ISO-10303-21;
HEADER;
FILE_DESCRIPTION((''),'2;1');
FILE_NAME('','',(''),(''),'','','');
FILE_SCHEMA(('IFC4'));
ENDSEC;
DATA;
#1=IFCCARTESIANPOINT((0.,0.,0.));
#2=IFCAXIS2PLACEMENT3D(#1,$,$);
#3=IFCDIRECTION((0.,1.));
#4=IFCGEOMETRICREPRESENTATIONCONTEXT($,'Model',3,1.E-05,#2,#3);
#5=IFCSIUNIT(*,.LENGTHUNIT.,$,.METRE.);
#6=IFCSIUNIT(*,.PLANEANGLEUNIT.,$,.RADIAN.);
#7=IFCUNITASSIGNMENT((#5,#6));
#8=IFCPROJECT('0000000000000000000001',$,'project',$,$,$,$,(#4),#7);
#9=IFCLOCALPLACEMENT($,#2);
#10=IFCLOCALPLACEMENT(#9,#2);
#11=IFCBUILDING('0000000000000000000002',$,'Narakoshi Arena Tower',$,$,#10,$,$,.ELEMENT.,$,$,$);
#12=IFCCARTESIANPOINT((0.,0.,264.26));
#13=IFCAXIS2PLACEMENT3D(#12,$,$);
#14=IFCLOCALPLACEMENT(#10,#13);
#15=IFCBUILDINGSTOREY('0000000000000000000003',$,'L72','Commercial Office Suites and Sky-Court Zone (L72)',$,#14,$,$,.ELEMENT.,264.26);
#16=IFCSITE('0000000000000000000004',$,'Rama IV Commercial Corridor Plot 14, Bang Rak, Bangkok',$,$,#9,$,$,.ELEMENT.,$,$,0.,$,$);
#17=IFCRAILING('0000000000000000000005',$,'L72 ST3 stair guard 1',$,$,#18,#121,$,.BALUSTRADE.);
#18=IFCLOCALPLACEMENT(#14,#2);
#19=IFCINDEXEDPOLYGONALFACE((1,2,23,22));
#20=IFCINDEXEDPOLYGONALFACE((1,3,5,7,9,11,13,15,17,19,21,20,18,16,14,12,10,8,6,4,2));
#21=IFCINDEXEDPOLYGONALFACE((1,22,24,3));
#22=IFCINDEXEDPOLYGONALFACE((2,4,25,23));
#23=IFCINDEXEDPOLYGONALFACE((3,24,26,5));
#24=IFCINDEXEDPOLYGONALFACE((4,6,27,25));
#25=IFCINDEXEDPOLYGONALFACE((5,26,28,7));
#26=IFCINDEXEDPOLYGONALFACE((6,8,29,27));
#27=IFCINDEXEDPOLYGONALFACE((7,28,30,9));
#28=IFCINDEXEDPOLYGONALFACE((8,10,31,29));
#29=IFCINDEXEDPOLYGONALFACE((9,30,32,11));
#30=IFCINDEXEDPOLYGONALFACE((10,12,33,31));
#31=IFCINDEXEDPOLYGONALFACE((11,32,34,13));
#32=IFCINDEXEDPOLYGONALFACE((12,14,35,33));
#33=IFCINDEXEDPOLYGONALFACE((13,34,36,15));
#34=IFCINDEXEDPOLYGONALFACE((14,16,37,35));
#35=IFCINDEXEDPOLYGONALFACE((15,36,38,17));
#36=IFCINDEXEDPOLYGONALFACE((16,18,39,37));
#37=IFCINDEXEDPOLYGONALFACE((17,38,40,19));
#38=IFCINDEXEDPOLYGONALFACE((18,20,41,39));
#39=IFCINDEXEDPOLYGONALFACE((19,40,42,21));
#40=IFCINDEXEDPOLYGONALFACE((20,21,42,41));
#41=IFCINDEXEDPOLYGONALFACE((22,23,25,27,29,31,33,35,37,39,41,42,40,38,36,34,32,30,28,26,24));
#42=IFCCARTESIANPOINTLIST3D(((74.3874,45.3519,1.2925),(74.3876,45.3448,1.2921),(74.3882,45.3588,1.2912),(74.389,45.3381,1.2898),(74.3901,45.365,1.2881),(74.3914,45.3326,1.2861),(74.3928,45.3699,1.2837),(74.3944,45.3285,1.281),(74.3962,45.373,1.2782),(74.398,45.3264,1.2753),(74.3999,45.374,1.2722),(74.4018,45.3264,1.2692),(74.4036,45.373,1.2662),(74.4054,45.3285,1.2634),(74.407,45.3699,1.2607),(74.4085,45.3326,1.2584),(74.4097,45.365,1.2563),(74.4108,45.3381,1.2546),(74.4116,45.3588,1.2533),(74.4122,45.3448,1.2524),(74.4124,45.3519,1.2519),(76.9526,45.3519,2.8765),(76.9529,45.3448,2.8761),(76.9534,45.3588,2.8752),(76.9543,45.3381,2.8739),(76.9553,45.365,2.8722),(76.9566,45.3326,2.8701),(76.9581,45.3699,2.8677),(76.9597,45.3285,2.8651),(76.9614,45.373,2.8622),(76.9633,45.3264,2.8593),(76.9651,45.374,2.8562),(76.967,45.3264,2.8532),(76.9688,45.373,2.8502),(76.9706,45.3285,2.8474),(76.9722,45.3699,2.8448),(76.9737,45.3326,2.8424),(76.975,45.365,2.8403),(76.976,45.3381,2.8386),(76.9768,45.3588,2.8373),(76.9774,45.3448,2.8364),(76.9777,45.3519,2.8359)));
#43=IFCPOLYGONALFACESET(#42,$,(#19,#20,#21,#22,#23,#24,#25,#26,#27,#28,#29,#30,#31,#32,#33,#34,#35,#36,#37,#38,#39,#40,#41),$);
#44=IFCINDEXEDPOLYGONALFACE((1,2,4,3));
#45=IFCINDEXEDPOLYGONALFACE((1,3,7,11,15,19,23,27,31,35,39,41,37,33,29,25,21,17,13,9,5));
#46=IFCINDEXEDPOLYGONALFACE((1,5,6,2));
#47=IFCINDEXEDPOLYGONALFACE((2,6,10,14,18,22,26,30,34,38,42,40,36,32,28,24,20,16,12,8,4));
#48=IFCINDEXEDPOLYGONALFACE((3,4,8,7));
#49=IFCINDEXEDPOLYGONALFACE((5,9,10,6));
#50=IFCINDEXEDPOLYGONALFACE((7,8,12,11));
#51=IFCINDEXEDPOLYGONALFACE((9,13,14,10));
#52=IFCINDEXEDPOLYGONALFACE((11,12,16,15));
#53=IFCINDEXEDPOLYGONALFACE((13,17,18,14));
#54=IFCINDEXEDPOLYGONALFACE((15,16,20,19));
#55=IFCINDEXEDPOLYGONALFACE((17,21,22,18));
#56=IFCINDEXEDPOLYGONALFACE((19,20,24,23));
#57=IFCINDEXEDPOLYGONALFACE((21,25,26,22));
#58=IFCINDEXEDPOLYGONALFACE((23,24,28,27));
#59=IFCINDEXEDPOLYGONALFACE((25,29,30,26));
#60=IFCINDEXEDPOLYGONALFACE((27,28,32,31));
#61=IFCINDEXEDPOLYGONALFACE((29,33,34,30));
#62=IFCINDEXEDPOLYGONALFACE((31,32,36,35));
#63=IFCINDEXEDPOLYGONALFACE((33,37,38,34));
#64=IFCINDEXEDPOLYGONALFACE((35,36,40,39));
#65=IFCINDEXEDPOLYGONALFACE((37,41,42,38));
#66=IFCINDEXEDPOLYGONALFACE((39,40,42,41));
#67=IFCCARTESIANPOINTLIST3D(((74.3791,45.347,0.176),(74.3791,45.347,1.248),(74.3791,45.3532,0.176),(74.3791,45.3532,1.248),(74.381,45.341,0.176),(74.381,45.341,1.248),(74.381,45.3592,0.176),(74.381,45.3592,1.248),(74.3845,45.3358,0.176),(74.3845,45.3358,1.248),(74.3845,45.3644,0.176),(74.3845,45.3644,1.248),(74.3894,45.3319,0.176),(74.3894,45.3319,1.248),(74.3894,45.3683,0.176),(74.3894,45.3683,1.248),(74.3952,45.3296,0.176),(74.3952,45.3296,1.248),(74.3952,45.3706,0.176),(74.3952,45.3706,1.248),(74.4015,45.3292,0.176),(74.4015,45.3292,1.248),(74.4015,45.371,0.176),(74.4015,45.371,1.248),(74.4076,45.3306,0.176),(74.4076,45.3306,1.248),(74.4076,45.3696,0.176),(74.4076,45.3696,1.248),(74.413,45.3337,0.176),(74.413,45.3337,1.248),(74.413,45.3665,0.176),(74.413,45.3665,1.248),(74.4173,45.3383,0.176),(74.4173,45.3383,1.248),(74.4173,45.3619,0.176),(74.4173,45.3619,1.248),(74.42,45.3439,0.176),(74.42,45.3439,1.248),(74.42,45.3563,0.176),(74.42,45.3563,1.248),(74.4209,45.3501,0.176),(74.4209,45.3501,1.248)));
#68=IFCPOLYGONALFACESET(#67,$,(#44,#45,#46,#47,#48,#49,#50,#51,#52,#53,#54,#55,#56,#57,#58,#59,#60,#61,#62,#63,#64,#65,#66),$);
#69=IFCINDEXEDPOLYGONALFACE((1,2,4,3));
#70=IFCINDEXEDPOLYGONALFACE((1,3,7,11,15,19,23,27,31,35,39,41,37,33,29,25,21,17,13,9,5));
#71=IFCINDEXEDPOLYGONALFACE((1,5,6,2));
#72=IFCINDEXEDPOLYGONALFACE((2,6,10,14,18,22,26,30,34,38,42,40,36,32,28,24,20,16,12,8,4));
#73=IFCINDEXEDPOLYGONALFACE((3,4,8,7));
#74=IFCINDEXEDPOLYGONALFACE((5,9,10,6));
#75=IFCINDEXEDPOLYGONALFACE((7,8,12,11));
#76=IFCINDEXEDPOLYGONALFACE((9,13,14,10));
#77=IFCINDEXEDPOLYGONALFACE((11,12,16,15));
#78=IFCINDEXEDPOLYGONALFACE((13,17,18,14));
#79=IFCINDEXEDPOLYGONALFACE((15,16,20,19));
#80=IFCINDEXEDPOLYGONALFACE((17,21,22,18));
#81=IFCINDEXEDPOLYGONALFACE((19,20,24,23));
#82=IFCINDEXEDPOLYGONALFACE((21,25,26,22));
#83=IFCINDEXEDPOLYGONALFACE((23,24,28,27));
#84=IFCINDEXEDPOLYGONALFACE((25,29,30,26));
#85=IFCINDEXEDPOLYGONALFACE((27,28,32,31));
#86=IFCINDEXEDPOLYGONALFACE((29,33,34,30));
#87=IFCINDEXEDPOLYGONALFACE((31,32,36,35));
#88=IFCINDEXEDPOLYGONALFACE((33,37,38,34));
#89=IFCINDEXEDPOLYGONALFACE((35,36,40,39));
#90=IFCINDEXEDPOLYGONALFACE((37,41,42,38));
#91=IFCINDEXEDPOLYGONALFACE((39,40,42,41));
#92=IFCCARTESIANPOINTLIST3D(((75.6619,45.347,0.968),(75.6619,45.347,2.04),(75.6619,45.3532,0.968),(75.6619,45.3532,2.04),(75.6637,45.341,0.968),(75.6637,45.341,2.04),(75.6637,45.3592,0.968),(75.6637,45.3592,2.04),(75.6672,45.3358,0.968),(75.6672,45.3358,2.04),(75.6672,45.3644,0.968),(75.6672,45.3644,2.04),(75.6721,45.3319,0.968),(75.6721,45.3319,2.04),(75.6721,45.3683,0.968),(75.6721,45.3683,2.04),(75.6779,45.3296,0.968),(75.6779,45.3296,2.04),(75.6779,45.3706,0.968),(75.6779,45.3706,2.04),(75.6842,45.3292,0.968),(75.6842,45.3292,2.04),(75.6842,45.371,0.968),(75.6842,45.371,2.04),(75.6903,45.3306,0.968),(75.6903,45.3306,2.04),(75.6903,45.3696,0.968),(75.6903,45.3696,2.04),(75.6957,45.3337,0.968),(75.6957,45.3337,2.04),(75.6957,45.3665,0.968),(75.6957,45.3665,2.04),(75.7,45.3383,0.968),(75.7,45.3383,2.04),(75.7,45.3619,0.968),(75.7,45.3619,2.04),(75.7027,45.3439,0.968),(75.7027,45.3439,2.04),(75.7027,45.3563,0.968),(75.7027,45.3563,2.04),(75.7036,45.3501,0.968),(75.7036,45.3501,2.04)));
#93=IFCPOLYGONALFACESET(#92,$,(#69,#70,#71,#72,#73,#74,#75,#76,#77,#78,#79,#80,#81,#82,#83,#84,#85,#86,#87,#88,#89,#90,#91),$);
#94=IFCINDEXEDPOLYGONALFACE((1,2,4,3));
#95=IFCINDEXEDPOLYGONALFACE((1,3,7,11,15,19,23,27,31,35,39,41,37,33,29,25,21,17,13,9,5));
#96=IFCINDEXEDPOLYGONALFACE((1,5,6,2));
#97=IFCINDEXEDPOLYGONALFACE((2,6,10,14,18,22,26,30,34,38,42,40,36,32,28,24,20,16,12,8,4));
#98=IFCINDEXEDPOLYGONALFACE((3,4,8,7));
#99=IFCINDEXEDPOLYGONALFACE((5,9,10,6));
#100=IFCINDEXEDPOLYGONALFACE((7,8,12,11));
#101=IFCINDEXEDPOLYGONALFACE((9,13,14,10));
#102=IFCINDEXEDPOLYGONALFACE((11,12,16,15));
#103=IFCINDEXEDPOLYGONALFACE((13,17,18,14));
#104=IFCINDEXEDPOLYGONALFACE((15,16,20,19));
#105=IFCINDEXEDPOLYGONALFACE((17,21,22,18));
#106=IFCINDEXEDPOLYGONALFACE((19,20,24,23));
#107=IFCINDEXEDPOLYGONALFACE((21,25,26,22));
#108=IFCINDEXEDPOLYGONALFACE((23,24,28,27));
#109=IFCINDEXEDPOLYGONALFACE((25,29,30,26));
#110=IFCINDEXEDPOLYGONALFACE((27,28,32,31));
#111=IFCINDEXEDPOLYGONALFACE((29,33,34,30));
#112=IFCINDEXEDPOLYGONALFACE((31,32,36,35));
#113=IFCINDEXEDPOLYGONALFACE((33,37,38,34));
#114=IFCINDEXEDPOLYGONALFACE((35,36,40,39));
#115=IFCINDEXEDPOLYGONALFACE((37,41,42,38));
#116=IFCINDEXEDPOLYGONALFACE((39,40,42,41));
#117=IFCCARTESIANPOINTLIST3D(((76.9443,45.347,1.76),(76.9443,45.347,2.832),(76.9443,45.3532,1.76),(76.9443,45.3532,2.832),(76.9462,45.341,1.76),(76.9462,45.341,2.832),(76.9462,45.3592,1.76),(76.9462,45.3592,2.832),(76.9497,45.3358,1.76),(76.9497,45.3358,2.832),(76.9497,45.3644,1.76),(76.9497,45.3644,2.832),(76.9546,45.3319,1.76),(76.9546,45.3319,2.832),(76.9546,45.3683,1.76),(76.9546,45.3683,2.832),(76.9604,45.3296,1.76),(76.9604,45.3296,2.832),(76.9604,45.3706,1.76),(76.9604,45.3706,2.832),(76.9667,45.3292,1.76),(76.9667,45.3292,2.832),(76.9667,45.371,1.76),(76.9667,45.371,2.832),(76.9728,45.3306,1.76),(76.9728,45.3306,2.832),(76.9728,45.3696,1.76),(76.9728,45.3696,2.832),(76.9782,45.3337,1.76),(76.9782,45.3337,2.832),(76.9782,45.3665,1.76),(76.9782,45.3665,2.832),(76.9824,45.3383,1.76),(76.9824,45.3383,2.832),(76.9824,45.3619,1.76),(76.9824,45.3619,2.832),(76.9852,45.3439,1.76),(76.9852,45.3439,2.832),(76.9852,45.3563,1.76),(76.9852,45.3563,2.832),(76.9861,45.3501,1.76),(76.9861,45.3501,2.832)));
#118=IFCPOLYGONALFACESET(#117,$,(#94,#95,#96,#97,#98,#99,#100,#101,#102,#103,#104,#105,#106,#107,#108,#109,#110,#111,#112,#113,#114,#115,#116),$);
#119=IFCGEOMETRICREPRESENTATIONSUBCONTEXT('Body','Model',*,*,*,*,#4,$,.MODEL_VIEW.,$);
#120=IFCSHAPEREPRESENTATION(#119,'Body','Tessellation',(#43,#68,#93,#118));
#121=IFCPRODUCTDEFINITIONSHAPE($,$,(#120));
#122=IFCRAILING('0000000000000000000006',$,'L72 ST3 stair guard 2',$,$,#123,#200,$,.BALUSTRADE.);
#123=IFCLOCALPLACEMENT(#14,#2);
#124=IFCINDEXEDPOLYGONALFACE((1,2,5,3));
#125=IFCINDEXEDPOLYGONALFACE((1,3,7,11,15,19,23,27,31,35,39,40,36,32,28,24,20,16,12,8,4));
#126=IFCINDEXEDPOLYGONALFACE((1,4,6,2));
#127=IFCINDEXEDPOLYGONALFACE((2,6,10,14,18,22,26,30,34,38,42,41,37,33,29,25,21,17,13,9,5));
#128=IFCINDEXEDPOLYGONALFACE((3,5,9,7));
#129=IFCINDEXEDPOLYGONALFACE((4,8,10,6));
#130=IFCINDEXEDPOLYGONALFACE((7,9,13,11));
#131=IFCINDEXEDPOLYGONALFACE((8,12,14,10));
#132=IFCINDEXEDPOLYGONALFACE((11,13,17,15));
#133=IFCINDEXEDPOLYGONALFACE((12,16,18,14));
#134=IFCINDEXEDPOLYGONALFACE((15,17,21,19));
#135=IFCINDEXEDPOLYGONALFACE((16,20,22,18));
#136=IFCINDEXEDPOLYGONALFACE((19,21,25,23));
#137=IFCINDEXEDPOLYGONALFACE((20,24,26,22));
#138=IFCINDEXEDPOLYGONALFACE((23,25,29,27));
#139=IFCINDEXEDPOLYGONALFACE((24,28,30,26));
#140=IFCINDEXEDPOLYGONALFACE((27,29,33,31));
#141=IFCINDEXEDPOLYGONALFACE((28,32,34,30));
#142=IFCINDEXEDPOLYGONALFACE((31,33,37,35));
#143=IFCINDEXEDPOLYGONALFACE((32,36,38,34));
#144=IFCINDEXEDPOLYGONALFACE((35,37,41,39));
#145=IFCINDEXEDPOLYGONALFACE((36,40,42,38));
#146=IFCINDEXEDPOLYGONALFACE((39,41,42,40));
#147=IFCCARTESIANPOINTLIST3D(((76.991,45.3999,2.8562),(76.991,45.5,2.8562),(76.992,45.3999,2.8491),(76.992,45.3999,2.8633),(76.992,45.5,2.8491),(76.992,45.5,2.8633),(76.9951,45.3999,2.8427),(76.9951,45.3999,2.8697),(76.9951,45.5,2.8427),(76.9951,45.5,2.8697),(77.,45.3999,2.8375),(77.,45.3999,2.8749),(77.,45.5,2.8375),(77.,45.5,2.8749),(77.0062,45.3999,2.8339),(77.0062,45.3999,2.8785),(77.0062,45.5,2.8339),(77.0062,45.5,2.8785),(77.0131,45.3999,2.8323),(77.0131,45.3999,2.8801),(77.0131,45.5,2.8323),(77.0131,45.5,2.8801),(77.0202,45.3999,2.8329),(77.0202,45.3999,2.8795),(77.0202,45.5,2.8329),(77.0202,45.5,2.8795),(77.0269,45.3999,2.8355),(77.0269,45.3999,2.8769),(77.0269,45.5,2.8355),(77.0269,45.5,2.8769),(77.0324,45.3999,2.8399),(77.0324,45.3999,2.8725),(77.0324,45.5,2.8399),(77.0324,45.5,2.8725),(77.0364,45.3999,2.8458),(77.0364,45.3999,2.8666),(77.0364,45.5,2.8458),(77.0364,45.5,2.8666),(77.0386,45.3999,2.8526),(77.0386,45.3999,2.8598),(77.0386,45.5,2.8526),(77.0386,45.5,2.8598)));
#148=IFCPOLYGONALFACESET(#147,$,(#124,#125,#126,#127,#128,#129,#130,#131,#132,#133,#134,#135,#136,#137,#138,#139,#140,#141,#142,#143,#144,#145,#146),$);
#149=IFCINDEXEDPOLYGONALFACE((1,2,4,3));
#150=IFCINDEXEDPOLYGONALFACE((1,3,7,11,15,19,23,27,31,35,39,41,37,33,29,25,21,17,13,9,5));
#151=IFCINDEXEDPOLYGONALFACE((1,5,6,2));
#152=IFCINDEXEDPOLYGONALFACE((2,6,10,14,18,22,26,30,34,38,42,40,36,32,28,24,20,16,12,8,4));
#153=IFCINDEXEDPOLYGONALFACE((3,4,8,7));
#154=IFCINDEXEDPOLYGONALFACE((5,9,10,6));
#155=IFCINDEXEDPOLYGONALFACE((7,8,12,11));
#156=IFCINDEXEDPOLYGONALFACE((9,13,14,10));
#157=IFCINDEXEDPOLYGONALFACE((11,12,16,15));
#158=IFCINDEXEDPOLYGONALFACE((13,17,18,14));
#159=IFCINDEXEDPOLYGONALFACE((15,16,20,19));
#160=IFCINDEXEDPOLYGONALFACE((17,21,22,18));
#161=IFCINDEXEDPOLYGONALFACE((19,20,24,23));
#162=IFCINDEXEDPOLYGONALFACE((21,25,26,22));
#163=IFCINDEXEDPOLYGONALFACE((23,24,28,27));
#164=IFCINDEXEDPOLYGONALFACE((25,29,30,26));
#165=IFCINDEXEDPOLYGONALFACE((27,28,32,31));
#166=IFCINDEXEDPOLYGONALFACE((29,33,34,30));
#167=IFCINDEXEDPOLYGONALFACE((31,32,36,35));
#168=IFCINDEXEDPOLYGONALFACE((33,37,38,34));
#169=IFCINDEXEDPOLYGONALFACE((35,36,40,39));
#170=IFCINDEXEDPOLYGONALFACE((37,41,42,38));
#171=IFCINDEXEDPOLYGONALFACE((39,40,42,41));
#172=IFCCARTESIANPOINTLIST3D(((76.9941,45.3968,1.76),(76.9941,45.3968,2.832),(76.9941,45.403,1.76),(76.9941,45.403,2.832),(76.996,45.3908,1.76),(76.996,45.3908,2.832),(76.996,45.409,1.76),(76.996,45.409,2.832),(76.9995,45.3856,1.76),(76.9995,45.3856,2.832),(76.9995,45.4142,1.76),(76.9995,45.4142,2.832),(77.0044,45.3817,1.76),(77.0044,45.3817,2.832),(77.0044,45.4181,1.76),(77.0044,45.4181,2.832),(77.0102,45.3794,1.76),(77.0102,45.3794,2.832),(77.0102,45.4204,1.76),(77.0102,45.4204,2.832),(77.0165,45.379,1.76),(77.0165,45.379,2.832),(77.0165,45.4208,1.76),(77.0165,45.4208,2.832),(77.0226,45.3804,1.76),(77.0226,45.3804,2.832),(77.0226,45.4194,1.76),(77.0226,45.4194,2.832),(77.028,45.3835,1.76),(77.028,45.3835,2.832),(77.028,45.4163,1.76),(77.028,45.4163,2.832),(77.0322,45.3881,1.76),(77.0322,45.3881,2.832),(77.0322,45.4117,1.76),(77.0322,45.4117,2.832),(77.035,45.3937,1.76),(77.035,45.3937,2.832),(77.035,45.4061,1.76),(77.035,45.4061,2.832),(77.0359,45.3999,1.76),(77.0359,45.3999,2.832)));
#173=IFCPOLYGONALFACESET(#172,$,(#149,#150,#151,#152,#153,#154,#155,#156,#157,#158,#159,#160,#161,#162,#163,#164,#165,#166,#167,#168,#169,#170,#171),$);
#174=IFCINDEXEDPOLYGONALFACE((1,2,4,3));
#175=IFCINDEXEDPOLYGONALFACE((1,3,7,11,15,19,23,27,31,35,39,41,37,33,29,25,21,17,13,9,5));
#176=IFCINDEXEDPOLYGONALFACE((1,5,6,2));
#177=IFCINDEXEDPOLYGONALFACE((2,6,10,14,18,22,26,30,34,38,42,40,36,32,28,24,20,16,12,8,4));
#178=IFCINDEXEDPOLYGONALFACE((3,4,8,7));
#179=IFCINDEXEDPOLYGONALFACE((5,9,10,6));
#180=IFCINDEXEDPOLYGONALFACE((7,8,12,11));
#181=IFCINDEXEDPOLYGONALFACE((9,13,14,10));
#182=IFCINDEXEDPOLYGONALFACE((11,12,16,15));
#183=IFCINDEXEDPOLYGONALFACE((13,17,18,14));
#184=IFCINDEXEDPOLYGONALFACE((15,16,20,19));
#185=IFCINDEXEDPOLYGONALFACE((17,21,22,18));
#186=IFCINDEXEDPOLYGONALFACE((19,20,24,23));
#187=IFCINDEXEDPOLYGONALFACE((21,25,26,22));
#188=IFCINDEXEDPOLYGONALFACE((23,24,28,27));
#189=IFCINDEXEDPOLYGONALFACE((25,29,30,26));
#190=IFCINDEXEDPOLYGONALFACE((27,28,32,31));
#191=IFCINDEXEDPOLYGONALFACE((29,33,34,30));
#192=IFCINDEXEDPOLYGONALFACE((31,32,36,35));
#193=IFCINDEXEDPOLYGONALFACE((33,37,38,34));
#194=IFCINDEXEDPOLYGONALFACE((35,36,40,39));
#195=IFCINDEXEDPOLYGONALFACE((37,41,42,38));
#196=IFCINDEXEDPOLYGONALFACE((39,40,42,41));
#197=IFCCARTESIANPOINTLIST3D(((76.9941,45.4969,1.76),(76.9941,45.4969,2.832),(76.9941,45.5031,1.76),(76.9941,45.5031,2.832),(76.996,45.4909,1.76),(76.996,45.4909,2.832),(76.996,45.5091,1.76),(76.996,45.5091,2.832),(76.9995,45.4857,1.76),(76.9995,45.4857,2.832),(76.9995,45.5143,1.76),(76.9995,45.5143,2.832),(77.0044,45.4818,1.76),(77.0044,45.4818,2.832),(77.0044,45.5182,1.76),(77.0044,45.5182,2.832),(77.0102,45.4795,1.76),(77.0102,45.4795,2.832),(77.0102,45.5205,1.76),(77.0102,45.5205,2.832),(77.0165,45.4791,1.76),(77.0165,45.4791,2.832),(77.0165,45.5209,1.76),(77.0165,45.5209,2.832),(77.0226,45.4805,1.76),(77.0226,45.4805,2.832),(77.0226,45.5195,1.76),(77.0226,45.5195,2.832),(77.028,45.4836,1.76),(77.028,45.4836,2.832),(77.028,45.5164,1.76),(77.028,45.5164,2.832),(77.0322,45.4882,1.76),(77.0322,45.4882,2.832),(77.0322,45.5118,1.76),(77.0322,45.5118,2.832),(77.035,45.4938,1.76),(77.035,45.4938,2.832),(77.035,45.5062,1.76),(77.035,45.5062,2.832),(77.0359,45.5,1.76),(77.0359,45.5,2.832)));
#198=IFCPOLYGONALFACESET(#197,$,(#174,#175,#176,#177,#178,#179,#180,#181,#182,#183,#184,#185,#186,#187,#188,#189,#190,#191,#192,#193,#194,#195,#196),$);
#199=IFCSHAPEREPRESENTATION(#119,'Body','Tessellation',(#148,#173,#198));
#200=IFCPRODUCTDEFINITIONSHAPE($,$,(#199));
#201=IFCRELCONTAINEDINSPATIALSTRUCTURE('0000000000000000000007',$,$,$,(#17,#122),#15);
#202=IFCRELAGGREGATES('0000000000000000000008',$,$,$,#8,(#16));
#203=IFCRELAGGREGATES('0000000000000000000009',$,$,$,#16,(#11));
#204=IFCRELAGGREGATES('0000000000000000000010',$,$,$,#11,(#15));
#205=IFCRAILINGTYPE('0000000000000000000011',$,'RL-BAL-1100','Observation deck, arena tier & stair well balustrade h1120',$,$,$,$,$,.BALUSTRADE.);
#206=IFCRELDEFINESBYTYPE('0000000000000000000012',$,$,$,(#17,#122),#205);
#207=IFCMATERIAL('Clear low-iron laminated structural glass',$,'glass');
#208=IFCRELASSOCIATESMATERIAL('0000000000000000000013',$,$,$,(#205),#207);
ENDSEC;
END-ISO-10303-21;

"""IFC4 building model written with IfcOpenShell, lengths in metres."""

from ifc_helpers import new_model, si_unit, direction, frame, origin, origin_2d, place, context, subcontext, project, spatial, circle, extrude, material, type_object, element, save


model = new_model("IFC4")

# Units and contexts
model_context = context("Model", 3, precision=1e-05, world=origin(), true_north=direction((0.0, 1.0)))
body_context = subcontext(model_context, "Body", "Model", "MODEL_VIEW")
ifc_project = project(units=[si_unit("LENGTHUNIT", "METRE"), si_unit("PLANEANGLEUNIT", "RADIAN")], contexts=[model_context])

# Site, building, storey
site_placement = place(None, origin())
site = spatial("IfcSite", under=ifc_project, at=site_placement, Name="Rama IV Commercial Corridor Plot 14, Bang Rak, Bangkok", CompositionType="ELEMENT", RefElevation=0.0)
building_placement = place(site_placement, origin())
building = spatial("IfcBuilding", under=site, at=building_placement, Name="Narakoshi Arena Tower", CompositionType="ELEMENT")
storey_placement = place(building_placement, frame((0.0, 0.0, 264.26)))
storey = spatial("IfcBuildingStorey", under=building, at=storey_placement, Name="L72", Description="Commercial Office Suites and Sky-Court Zone (L72)", CompositionType="ELEMENT", Elevation=264.26)

# Railings
ifc_material_1 = material(Name="Clear low-iron laminated structural glass", Category="glass")
railing_type_1 = type_object("IfcRailingType", Name="RL-BAL-1100", Description="Observation deck, arena tier & stair well balustrade h1120", PredefinedType="BALUSTRADE", material=ifc_material_1)
railing_1_placement = place(storey_placement, frame((74.3999, 45.3501, 0.176)))
element("IfcRailing", 1, at=railing_1_placement, inside=storey, type_object=railing_type_1, Name="L72 ST3 stair guard 1", PredefinedType="BALUSTRADE", context=body_context, shape_type="SweptSolid", body=[
    extrude(circle(Radius=0.0239, at=origin_2d()), frame((0.0, 0.0, 1.0962), z_axis=(0.850857, 0.0, 0.525398), x_axis=(0.0, 1.0, 0.0)), (0.0, 0.0, 1.0), 3.0149),
    extrude(circle(Radius=0.021, at=origin_2d()), origin(), (0.0, 0.0, 1.0), 1.072),
    extrude(circle(Radius=0.021, at=origin_2d()), frame((1.2827, 0.0, 0.792)), (0.0, 0.0, 1.0), 1.072),
    extrude(circle(Radius=0.021, at=origin_2d()), frame((2.5652, 0.0, 1.584)), (0.0, 0.0, 1.0), 1.072),
])
for number, where, name in (
    (2, (77.0149, 45.3999, 1.76), "L72 ST3 stair guard 2"),
):
    element("IfcRailing", number, at=place(storey_placement, frame(where)), inside=storey, type_object=railing_type_1, Name=name, PredefinedType="BALUSTRADE", context=body_context, shape_type="SweptSolid", body=[
        extrude(circle(Radius=0.0239, at=origin_2d()), frame((0.0, 0.0, 1.0962), z_axis=(0.0, 1.0, 0.0), x_axis=(-1.0, 0.0, 0.0)), (0.0, 0.0, 1.0), 0.1001),
        extrude(circle(Radius=0.021, at=origin_2d()), origin(), (0.0, 0.0, 1.0), 1.072),
        extrude(circle(Radius=0.021, at=origin_2d()), frame((0.0, 0.1001, 0.0)), (0.0, 0.0, 1.0), 1.072),
    ])

save(model, "model.ifc")
